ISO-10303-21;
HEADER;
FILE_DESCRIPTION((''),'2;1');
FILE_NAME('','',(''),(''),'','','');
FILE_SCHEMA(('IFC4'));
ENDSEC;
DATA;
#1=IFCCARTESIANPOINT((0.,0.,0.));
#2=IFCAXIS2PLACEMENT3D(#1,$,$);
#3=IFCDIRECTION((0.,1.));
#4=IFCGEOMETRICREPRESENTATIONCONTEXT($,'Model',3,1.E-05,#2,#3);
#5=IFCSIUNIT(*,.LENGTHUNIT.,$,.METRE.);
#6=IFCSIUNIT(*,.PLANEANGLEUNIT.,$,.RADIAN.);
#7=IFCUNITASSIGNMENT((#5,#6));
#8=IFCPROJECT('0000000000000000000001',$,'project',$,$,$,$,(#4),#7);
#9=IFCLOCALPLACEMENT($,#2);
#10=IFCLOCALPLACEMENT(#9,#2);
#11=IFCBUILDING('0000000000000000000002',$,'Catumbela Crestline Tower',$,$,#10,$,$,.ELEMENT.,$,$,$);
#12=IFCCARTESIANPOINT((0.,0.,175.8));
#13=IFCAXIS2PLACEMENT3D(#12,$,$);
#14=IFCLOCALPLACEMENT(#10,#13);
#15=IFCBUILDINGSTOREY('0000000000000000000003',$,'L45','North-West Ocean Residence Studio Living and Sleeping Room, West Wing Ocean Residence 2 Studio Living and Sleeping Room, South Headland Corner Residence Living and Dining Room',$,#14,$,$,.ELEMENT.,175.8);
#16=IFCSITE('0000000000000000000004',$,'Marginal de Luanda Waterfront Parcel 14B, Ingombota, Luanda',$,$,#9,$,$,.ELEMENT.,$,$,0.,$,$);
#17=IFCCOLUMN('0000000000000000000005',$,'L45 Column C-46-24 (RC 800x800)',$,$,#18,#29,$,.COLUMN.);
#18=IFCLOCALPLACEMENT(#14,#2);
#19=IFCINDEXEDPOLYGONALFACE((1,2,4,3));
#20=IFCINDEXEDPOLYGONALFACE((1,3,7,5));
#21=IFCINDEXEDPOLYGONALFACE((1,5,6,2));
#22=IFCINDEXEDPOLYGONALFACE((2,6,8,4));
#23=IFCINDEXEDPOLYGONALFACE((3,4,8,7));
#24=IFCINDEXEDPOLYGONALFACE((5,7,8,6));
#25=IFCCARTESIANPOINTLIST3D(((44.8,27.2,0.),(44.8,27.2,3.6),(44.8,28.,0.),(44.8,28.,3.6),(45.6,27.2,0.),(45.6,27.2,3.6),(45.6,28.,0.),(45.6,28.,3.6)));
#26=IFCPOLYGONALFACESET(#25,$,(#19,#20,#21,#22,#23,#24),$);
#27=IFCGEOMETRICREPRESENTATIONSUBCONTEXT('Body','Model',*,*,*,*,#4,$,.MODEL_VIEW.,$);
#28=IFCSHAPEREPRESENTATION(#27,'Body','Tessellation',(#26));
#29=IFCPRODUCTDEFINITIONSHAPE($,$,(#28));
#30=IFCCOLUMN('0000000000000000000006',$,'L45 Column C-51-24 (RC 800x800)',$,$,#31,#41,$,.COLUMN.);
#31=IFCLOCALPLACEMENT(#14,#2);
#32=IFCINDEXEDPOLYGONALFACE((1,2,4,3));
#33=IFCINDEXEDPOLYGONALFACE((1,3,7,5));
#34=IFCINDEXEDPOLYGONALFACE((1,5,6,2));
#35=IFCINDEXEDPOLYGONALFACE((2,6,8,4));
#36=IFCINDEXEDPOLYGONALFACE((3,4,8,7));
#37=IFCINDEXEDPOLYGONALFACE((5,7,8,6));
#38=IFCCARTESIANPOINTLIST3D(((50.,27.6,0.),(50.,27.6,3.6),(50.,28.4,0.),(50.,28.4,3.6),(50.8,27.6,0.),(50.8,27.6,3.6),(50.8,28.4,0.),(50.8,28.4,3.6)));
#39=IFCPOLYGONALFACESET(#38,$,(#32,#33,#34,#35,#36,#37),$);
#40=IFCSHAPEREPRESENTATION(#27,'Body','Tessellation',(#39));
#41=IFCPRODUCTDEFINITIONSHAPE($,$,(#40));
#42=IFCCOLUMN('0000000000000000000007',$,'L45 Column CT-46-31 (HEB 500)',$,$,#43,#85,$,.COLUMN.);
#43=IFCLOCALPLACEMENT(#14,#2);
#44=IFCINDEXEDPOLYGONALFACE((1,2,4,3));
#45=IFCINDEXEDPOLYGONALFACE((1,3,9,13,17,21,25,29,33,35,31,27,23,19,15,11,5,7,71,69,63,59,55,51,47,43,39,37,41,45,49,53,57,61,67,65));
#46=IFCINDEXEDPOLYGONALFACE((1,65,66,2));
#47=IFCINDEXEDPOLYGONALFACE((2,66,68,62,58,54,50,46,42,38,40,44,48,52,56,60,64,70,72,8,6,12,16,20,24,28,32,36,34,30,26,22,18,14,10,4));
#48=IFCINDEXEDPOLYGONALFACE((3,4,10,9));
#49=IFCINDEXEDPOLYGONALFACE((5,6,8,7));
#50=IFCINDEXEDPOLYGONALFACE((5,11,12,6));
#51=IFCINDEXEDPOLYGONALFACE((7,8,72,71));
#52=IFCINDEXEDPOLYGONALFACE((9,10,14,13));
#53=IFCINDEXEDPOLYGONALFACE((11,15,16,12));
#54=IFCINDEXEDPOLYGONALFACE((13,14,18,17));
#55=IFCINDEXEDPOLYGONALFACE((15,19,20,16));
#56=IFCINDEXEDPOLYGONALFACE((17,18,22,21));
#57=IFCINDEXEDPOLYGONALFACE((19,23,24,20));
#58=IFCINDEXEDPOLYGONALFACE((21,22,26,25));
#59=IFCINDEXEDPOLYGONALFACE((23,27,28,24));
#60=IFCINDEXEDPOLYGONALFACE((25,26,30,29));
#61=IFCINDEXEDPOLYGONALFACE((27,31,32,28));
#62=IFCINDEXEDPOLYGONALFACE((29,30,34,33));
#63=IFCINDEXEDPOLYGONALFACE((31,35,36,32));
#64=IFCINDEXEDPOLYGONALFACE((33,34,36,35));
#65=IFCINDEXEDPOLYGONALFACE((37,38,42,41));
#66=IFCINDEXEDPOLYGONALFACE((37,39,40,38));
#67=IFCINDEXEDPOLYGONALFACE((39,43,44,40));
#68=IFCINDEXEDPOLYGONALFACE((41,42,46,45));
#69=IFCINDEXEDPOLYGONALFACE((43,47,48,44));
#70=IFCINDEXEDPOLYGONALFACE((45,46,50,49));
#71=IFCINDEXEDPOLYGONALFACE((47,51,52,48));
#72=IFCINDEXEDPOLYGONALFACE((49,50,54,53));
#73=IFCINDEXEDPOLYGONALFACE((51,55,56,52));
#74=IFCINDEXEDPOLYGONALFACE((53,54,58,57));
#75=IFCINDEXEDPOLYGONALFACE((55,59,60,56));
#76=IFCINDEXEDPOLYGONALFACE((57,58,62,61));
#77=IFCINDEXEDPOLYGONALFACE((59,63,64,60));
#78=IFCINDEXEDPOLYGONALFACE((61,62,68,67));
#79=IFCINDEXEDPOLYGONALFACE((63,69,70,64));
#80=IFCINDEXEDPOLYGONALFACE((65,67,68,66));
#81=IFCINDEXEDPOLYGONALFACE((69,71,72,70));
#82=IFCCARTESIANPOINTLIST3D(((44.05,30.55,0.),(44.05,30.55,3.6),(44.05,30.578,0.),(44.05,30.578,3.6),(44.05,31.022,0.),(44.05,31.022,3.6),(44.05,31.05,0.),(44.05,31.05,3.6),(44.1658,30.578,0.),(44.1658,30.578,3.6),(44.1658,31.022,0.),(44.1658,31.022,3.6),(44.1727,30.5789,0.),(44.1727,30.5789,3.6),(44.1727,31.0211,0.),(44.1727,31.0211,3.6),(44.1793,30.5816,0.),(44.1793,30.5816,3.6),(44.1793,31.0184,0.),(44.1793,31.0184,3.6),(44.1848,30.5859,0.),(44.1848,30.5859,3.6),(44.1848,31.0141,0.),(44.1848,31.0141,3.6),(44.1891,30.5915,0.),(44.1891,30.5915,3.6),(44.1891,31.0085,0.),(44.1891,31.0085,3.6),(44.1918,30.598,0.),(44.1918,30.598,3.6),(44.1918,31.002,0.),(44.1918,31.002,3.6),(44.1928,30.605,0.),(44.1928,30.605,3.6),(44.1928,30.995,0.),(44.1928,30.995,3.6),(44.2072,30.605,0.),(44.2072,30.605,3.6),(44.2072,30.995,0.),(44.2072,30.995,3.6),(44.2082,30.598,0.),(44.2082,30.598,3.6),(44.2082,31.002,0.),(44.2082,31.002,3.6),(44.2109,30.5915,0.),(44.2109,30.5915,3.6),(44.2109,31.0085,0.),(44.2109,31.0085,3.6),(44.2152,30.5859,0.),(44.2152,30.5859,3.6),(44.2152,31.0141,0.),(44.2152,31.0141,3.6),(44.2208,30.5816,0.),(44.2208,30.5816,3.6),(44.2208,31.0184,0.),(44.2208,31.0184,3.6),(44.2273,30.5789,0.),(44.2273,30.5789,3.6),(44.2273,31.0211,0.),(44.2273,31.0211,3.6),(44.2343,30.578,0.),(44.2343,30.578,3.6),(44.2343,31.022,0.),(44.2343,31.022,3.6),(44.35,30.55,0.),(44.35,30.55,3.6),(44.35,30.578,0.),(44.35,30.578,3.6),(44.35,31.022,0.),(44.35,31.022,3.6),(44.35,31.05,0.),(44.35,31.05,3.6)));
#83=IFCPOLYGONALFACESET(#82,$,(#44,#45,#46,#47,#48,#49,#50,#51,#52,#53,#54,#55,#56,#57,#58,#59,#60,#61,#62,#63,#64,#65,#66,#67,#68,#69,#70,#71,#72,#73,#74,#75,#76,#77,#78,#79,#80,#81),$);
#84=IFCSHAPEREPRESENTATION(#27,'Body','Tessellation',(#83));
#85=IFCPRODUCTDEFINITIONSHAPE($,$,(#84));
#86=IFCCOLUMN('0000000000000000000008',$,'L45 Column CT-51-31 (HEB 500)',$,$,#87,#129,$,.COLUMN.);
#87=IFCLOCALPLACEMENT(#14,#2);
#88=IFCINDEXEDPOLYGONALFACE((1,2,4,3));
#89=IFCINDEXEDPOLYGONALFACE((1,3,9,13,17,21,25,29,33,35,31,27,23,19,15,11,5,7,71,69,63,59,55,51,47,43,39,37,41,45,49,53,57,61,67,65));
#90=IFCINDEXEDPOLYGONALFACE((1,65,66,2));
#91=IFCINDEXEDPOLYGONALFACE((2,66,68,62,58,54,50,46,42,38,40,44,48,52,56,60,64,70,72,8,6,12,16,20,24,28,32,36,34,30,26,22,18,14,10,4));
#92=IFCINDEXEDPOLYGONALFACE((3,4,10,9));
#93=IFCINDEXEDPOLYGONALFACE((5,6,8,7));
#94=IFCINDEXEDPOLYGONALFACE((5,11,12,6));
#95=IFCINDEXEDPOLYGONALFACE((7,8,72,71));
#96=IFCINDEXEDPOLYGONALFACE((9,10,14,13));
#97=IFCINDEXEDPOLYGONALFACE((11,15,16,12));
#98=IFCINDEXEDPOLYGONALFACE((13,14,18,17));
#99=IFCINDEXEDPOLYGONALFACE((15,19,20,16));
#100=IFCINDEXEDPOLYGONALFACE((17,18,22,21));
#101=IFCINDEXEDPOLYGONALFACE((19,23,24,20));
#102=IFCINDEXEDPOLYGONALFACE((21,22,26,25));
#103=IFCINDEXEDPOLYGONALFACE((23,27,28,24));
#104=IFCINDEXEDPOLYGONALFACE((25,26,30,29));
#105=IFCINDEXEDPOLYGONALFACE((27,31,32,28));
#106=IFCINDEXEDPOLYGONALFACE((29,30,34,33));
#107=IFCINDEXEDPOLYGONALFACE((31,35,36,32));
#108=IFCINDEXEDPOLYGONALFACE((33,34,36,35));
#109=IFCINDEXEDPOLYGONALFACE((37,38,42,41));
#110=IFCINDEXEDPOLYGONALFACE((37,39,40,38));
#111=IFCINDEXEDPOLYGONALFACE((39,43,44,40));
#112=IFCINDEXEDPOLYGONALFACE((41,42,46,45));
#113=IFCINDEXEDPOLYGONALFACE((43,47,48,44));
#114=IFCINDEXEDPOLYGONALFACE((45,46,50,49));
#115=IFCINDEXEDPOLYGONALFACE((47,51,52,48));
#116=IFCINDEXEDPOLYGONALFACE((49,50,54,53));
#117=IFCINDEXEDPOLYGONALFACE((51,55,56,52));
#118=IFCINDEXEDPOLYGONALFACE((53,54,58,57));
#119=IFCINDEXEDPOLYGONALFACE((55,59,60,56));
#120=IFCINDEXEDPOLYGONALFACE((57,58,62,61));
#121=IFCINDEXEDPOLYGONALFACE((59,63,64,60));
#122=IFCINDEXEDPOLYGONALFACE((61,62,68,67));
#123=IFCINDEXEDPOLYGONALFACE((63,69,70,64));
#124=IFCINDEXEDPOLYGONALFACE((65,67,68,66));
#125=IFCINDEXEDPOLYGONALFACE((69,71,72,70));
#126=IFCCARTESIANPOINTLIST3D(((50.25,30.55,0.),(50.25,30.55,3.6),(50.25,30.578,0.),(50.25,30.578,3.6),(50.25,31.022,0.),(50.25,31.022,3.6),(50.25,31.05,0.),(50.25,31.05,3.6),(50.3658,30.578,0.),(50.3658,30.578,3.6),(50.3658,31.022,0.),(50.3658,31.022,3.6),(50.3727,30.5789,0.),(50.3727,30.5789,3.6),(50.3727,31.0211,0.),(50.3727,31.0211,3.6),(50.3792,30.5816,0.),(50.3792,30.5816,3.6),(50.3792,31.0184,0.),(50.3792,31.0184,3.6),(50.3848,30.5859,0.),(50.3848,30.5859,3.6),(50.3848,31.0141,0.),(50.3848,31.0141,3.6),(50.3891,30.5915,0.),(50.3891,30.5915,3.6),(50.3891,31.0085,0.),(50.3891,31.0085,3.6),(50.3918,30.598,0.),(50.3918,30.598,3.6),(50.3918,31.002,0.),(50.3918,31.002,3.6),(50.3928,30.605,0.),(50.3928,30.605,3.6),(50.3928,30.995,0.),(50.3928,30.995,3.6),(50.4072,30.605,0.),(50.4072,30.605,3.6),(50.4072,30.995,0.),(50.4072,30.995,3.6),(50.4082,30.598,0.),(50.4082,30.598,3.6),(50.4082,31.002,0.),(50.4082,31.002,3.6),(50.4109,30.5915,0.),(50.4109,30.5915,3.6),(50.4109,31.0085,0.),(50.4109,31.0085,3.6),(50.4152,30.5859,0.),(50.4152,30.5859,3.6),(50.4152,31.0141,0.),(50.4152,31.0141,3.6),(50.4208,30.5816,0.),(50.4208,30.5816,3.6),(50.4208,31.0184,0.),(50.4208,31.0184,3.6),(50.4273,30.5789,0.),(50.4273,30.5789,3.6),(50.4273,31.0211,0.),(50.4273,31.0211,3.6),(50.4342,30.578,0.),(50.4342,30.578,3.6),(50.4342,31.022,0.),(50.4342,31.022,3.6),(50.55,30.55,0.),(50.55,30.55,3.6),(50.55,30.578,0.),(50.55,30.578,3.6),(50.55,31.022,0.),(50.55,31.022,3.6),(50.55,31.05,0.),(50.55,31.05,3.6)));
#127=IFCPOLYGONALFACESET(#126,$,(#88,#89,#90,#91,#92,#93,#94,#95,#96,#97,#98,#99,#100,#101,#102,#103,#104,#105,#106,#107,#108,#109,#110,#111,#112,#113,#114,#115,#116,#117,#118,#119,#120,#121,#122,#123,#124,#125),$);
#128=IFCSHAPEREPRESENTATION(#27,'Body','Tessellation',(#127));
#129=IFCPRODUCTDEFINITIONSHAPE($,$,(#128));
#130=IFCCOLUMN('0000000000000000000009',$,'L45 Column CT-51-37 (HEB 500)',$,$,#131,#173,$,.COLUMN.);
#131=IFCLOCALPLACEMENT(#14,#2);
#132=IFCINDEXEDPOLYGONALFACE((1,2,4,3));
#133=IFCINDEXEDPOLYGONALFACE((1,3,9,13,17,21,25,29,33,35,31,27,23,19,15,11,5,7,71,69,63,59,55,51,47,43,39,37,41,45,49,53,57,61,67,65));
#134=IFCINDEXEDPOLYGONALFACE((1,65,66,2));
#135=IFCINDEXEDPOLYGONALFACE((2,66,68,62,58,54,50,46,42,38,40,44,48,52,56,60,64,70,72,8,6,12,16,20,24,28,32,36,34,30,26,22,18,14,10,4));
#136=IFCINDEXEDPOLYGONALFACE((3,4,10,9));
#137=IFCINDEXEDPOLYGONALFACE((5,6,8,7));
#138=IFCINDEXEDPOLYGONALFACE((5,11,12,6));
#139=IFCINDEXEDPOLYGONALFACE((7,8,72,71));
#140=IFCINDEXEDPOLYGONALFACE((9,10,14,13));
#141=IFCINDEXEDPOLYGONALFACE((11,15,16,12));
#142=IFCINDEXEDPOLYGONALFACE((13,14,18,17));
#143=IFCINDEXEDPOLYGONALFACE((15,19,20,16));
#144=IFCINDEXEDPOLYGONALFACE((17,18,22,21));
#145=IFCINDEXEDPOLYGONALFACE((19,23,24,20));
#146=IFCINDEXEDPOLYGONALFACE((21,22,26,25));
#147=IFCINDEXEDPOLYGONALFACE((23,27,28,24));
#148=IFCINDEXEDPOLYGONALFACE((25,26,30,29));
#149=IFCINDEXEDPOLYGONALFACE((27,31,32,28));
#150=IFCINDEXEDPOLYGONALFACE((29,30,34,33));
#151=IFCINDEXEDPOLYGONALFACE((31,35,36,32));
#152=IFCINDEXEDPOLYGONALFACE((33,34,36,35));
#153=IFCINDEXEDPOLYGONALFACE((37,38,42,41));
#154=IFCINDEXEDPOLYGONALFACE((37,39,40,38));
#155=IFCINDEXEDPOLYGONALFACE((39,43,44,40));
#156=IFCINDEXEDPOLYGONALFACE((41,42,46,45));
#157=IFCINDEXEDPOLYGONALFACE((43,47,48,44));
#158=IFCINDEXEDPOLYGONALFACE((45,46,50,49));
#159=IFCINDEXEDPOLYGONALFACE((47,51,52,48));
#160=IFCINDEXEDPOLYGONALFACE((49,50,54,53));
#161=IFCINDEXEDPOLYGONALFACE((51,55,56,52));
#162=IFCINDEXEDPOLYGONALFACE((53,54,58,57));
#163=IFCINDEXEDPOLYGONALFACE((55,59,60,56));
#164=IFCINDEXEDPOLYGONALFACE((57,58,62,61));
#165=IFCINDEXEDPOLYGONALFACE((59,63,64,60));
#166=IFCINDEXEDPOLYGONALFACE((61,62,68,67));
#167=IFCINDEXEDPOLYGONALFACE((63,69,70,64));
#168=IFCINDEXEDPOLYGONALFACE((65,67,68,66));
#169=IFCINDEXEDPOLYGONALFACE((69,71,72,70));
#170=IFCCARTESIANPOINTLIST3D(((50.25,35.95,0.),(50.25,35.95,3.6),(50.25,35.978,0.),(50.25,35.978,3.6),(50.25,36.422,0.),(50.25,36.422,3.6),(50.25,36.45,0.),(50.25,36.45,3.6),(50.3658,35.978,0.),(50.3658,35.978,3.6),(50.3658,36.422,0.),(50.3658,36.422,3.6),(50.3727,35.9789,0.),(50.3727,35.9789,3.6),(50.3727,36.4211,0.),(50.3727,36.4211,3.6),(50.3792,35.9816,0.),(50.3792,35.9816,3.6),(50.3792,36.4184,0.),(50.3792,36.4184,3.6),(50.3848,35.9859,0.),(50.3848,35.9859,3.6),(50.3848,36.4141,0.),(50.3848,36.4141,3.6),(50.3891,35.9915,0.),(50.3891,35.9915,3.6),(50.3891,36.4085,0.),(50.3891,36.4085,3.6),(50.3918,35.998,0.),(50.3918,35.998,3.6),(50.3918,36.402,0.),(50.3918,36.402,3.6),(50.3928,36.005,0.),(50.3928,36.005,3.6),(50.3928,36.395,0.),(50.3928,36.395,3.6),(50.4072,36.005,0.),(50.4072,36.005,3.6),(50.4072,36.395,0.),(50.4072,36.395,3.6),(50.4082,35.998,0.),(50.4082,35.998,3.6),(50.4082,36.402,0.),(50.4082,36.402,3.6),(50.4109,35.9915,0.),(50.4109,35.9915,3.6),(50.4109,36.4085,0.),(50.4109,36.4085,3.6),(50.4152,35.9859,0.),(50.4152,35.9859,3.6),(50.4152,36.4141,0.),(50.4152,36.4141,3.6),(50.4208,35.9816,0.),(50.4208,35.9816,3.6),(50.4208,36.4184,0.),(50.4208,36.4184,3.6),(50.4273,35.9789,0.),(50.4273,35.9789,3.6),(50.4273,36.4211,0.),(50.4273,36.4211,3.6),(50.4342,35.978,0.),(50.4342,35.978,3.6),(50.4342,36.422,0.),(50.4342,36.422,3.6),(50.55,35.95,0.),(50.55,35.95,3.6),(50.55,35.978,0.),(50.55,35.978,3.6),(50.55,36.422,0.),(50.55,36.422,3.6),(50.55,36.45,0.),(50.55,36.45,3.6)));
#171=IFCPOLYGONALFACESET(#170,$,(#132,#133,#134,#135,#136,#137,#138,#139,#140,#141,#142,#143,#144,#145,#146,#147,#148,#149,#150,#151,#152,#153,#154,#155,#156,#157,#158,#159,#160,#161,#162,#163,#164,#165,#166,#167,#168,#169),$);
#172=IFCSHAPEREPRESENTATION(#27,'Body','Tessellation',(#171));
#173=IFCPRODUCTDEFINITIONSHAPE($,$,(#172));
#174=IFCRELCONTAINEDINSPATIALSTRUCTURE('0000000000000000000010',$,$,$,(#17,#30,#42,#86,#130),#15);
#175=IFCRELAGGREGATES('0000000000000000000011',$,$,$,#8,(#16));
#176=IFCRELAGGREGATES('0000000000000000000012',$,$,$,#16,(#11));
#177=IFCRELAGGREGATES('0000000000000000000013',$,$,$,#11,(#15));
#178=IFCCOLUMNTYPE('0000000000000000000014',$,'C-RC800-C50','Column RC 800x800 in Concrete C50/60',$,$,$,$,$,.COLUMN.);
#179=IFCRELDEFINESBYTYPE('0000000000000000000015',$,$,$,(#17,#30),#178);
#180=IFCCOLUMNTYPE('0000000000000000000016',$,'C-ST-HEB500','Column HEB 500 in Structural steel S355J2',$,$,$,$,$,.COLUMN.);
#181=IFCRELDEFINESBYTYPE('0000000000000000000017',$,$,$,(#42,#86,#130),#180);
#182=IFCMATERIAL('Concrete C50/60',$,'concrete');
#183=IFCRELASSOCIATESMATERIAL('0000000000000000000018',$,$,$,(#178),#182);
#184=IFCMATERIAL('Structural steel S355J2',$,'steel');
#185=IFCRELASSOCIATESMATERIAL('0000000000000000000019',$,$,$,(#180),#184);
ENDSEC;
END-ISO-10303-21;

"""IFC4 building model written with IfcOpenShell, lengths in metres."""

from ifc_helpers import new_model, si_unit, direction, frame, origin, origin_2d, place, context, subcontext, project, spatial, rectangle, i_section, extrude, material, material_profile, profile_set, type_object, element, save


model = new_model("IFC4")

# Units and contexts
model_context = context("Model", 3, precision=1e-05, world=origin(), true_north=direction((0.0, 1.0)))
body_context = subcontext(model_context, "Body", "Model", "MODEL_VIEW")
ifc_project = project(units=[si_unit("LENGTHUNIT", "METRE"), si_unit("PLANEANGLEUNIT", "RADIAN")], contexts=[model_context])

# Site, building, storey
site_placement = place(None, origin())
site = spatial("IfcSite", under=ifc_project, at=site_placement, Name="Marginal de Luanda Waterfront Parcel 14B, Ingombota, Luanda", CompositionType="ELEMENT", RefElevation=0.0)
building_placement = place(site_placement, origin())
building = spatial("IfcBuilding", under=site, at=building_placement, Name="Catumbela Crestline Tower", CompositionType="ELEMENT")
storey_placement = place(building_placement, frame((0.0, 0.0, 175.8)))
storey = spatial("IfcBuildingStorey", under=building, at=storey_placement, Name="L45", Description="North-West Ocean Residence Studio Living and Sleeping Room, West Wing Ocean Residence 2 Studio Living and Sleeping Room, South Headland Corner Residence Living and Dining Room", CompositionType="ELEMENT", Elevation=175.8)

# Columns
ifc_material_1 = material(Name="Concrete C50/60", Category="concrete")
ifc_material_profile_1 = material_profile(ifc_material_1, rectangle(XDim=0.8, YDim=0.8, at=origin_2d()), Name="RC 800x800")
ifc_profile_set_1 = profile_set([ifc_material_profile_1], Name="Concrete C50/60")
column_type_1 = type_object("IfcColumnType", Name="C-RC800-C50", Description="Column RC 800x800 in Concrete C50/60", PredefinedType="COLUMN", material=ifc_profile_set_1)
for number, where, z_axis, x_axis, name in (
    (1, (45.2, 27.6, 0.0), (0.0, 0.0, 1.0), (1.0, 0.0, 0.0), "L45 Column C-46-24 (RC 800x800)"),
    (2, (50.4, 28.0, 0.0), (0.0, 0.0, 1.0), (1.0, 0.0, 0.0), "L45 Column C-51-24 (RC 800x800)"),
):
    element("IfcColumn", number, at=place(storey_placement, frame(where, z_axis=z_axis, x_axis=x_axis)), inside=storey, type_object=column_type_1, Name=name, PredefinedType="COLUMN", context=body_context, shape_type="SweptSolid", body=[
        extrude(rectangle(XDim=0.8, YDim=0.8, at=origin_2d()), origin(), (0.0, 0.0, 1.0), 3.6),
    ])
ifc_material_2 = material(Name="Structural steel S355J2", Category="steel")
ifc_material_profile_2 = material_profile(ifc_material_2, i_section(OverallWidth=0.3, OverallDepth=0.5, WebThickness=0.0145, FlangeThickness=0.028, FilletRadius=0.027, at=origin_2d()), Name="HEB 500")
ifc_profile_set_2 = profile_set([ifc_material_profile_2], Name="Structural steel S355J2")
column_type_2 = type_object("IfcColumnType", Name="C-ST-HEB500", Description="Column HEB 500 in Structural steel S355J2", PredefinedType="COLUMN", material=ifc_profile_set_2)
for number, where, z_axis, x_axis, name in (
    (3, (44.2, 30.8, 0.0), (0.0, 0.0, 1.0), (1.0, 0.0, 0.0), "L45 Column CT-46-31 (HEB 500)"),
    (4, (50.4, 30.8, 0.0), (0.0, 0.0, 1.0), (1.0, 0.0, 0.0), "L45 Column CT-51-31 (HEB 500)"),
    (5, (50.4, 36.2, 0.0), (0.0, 0.0, 1.0), (1.0, 0.0, 0.0), "L45 Column CT-51-37 (HEB 500)"),
):
    element("IfcColumn", number, at=place(storey_placement, frame(where, z_axis=z_axis, x_axis=x_axis)), inside=storey, type_object=column_type_2, Name=name, PredefinedType="COLUMN", context=body_context, shape_type="SweptSolid", body=[
        extrude(i_section(OverallWidth=0.3, OverallDepth=0.5, WebThickness=0.0145, FlangeThickness=0.028, FilletRadius=0.027, at=origin_2d()), origin(), (0.0, 0.0, 1.0), 3.6),
    ])

save(model, "model.ifc")
